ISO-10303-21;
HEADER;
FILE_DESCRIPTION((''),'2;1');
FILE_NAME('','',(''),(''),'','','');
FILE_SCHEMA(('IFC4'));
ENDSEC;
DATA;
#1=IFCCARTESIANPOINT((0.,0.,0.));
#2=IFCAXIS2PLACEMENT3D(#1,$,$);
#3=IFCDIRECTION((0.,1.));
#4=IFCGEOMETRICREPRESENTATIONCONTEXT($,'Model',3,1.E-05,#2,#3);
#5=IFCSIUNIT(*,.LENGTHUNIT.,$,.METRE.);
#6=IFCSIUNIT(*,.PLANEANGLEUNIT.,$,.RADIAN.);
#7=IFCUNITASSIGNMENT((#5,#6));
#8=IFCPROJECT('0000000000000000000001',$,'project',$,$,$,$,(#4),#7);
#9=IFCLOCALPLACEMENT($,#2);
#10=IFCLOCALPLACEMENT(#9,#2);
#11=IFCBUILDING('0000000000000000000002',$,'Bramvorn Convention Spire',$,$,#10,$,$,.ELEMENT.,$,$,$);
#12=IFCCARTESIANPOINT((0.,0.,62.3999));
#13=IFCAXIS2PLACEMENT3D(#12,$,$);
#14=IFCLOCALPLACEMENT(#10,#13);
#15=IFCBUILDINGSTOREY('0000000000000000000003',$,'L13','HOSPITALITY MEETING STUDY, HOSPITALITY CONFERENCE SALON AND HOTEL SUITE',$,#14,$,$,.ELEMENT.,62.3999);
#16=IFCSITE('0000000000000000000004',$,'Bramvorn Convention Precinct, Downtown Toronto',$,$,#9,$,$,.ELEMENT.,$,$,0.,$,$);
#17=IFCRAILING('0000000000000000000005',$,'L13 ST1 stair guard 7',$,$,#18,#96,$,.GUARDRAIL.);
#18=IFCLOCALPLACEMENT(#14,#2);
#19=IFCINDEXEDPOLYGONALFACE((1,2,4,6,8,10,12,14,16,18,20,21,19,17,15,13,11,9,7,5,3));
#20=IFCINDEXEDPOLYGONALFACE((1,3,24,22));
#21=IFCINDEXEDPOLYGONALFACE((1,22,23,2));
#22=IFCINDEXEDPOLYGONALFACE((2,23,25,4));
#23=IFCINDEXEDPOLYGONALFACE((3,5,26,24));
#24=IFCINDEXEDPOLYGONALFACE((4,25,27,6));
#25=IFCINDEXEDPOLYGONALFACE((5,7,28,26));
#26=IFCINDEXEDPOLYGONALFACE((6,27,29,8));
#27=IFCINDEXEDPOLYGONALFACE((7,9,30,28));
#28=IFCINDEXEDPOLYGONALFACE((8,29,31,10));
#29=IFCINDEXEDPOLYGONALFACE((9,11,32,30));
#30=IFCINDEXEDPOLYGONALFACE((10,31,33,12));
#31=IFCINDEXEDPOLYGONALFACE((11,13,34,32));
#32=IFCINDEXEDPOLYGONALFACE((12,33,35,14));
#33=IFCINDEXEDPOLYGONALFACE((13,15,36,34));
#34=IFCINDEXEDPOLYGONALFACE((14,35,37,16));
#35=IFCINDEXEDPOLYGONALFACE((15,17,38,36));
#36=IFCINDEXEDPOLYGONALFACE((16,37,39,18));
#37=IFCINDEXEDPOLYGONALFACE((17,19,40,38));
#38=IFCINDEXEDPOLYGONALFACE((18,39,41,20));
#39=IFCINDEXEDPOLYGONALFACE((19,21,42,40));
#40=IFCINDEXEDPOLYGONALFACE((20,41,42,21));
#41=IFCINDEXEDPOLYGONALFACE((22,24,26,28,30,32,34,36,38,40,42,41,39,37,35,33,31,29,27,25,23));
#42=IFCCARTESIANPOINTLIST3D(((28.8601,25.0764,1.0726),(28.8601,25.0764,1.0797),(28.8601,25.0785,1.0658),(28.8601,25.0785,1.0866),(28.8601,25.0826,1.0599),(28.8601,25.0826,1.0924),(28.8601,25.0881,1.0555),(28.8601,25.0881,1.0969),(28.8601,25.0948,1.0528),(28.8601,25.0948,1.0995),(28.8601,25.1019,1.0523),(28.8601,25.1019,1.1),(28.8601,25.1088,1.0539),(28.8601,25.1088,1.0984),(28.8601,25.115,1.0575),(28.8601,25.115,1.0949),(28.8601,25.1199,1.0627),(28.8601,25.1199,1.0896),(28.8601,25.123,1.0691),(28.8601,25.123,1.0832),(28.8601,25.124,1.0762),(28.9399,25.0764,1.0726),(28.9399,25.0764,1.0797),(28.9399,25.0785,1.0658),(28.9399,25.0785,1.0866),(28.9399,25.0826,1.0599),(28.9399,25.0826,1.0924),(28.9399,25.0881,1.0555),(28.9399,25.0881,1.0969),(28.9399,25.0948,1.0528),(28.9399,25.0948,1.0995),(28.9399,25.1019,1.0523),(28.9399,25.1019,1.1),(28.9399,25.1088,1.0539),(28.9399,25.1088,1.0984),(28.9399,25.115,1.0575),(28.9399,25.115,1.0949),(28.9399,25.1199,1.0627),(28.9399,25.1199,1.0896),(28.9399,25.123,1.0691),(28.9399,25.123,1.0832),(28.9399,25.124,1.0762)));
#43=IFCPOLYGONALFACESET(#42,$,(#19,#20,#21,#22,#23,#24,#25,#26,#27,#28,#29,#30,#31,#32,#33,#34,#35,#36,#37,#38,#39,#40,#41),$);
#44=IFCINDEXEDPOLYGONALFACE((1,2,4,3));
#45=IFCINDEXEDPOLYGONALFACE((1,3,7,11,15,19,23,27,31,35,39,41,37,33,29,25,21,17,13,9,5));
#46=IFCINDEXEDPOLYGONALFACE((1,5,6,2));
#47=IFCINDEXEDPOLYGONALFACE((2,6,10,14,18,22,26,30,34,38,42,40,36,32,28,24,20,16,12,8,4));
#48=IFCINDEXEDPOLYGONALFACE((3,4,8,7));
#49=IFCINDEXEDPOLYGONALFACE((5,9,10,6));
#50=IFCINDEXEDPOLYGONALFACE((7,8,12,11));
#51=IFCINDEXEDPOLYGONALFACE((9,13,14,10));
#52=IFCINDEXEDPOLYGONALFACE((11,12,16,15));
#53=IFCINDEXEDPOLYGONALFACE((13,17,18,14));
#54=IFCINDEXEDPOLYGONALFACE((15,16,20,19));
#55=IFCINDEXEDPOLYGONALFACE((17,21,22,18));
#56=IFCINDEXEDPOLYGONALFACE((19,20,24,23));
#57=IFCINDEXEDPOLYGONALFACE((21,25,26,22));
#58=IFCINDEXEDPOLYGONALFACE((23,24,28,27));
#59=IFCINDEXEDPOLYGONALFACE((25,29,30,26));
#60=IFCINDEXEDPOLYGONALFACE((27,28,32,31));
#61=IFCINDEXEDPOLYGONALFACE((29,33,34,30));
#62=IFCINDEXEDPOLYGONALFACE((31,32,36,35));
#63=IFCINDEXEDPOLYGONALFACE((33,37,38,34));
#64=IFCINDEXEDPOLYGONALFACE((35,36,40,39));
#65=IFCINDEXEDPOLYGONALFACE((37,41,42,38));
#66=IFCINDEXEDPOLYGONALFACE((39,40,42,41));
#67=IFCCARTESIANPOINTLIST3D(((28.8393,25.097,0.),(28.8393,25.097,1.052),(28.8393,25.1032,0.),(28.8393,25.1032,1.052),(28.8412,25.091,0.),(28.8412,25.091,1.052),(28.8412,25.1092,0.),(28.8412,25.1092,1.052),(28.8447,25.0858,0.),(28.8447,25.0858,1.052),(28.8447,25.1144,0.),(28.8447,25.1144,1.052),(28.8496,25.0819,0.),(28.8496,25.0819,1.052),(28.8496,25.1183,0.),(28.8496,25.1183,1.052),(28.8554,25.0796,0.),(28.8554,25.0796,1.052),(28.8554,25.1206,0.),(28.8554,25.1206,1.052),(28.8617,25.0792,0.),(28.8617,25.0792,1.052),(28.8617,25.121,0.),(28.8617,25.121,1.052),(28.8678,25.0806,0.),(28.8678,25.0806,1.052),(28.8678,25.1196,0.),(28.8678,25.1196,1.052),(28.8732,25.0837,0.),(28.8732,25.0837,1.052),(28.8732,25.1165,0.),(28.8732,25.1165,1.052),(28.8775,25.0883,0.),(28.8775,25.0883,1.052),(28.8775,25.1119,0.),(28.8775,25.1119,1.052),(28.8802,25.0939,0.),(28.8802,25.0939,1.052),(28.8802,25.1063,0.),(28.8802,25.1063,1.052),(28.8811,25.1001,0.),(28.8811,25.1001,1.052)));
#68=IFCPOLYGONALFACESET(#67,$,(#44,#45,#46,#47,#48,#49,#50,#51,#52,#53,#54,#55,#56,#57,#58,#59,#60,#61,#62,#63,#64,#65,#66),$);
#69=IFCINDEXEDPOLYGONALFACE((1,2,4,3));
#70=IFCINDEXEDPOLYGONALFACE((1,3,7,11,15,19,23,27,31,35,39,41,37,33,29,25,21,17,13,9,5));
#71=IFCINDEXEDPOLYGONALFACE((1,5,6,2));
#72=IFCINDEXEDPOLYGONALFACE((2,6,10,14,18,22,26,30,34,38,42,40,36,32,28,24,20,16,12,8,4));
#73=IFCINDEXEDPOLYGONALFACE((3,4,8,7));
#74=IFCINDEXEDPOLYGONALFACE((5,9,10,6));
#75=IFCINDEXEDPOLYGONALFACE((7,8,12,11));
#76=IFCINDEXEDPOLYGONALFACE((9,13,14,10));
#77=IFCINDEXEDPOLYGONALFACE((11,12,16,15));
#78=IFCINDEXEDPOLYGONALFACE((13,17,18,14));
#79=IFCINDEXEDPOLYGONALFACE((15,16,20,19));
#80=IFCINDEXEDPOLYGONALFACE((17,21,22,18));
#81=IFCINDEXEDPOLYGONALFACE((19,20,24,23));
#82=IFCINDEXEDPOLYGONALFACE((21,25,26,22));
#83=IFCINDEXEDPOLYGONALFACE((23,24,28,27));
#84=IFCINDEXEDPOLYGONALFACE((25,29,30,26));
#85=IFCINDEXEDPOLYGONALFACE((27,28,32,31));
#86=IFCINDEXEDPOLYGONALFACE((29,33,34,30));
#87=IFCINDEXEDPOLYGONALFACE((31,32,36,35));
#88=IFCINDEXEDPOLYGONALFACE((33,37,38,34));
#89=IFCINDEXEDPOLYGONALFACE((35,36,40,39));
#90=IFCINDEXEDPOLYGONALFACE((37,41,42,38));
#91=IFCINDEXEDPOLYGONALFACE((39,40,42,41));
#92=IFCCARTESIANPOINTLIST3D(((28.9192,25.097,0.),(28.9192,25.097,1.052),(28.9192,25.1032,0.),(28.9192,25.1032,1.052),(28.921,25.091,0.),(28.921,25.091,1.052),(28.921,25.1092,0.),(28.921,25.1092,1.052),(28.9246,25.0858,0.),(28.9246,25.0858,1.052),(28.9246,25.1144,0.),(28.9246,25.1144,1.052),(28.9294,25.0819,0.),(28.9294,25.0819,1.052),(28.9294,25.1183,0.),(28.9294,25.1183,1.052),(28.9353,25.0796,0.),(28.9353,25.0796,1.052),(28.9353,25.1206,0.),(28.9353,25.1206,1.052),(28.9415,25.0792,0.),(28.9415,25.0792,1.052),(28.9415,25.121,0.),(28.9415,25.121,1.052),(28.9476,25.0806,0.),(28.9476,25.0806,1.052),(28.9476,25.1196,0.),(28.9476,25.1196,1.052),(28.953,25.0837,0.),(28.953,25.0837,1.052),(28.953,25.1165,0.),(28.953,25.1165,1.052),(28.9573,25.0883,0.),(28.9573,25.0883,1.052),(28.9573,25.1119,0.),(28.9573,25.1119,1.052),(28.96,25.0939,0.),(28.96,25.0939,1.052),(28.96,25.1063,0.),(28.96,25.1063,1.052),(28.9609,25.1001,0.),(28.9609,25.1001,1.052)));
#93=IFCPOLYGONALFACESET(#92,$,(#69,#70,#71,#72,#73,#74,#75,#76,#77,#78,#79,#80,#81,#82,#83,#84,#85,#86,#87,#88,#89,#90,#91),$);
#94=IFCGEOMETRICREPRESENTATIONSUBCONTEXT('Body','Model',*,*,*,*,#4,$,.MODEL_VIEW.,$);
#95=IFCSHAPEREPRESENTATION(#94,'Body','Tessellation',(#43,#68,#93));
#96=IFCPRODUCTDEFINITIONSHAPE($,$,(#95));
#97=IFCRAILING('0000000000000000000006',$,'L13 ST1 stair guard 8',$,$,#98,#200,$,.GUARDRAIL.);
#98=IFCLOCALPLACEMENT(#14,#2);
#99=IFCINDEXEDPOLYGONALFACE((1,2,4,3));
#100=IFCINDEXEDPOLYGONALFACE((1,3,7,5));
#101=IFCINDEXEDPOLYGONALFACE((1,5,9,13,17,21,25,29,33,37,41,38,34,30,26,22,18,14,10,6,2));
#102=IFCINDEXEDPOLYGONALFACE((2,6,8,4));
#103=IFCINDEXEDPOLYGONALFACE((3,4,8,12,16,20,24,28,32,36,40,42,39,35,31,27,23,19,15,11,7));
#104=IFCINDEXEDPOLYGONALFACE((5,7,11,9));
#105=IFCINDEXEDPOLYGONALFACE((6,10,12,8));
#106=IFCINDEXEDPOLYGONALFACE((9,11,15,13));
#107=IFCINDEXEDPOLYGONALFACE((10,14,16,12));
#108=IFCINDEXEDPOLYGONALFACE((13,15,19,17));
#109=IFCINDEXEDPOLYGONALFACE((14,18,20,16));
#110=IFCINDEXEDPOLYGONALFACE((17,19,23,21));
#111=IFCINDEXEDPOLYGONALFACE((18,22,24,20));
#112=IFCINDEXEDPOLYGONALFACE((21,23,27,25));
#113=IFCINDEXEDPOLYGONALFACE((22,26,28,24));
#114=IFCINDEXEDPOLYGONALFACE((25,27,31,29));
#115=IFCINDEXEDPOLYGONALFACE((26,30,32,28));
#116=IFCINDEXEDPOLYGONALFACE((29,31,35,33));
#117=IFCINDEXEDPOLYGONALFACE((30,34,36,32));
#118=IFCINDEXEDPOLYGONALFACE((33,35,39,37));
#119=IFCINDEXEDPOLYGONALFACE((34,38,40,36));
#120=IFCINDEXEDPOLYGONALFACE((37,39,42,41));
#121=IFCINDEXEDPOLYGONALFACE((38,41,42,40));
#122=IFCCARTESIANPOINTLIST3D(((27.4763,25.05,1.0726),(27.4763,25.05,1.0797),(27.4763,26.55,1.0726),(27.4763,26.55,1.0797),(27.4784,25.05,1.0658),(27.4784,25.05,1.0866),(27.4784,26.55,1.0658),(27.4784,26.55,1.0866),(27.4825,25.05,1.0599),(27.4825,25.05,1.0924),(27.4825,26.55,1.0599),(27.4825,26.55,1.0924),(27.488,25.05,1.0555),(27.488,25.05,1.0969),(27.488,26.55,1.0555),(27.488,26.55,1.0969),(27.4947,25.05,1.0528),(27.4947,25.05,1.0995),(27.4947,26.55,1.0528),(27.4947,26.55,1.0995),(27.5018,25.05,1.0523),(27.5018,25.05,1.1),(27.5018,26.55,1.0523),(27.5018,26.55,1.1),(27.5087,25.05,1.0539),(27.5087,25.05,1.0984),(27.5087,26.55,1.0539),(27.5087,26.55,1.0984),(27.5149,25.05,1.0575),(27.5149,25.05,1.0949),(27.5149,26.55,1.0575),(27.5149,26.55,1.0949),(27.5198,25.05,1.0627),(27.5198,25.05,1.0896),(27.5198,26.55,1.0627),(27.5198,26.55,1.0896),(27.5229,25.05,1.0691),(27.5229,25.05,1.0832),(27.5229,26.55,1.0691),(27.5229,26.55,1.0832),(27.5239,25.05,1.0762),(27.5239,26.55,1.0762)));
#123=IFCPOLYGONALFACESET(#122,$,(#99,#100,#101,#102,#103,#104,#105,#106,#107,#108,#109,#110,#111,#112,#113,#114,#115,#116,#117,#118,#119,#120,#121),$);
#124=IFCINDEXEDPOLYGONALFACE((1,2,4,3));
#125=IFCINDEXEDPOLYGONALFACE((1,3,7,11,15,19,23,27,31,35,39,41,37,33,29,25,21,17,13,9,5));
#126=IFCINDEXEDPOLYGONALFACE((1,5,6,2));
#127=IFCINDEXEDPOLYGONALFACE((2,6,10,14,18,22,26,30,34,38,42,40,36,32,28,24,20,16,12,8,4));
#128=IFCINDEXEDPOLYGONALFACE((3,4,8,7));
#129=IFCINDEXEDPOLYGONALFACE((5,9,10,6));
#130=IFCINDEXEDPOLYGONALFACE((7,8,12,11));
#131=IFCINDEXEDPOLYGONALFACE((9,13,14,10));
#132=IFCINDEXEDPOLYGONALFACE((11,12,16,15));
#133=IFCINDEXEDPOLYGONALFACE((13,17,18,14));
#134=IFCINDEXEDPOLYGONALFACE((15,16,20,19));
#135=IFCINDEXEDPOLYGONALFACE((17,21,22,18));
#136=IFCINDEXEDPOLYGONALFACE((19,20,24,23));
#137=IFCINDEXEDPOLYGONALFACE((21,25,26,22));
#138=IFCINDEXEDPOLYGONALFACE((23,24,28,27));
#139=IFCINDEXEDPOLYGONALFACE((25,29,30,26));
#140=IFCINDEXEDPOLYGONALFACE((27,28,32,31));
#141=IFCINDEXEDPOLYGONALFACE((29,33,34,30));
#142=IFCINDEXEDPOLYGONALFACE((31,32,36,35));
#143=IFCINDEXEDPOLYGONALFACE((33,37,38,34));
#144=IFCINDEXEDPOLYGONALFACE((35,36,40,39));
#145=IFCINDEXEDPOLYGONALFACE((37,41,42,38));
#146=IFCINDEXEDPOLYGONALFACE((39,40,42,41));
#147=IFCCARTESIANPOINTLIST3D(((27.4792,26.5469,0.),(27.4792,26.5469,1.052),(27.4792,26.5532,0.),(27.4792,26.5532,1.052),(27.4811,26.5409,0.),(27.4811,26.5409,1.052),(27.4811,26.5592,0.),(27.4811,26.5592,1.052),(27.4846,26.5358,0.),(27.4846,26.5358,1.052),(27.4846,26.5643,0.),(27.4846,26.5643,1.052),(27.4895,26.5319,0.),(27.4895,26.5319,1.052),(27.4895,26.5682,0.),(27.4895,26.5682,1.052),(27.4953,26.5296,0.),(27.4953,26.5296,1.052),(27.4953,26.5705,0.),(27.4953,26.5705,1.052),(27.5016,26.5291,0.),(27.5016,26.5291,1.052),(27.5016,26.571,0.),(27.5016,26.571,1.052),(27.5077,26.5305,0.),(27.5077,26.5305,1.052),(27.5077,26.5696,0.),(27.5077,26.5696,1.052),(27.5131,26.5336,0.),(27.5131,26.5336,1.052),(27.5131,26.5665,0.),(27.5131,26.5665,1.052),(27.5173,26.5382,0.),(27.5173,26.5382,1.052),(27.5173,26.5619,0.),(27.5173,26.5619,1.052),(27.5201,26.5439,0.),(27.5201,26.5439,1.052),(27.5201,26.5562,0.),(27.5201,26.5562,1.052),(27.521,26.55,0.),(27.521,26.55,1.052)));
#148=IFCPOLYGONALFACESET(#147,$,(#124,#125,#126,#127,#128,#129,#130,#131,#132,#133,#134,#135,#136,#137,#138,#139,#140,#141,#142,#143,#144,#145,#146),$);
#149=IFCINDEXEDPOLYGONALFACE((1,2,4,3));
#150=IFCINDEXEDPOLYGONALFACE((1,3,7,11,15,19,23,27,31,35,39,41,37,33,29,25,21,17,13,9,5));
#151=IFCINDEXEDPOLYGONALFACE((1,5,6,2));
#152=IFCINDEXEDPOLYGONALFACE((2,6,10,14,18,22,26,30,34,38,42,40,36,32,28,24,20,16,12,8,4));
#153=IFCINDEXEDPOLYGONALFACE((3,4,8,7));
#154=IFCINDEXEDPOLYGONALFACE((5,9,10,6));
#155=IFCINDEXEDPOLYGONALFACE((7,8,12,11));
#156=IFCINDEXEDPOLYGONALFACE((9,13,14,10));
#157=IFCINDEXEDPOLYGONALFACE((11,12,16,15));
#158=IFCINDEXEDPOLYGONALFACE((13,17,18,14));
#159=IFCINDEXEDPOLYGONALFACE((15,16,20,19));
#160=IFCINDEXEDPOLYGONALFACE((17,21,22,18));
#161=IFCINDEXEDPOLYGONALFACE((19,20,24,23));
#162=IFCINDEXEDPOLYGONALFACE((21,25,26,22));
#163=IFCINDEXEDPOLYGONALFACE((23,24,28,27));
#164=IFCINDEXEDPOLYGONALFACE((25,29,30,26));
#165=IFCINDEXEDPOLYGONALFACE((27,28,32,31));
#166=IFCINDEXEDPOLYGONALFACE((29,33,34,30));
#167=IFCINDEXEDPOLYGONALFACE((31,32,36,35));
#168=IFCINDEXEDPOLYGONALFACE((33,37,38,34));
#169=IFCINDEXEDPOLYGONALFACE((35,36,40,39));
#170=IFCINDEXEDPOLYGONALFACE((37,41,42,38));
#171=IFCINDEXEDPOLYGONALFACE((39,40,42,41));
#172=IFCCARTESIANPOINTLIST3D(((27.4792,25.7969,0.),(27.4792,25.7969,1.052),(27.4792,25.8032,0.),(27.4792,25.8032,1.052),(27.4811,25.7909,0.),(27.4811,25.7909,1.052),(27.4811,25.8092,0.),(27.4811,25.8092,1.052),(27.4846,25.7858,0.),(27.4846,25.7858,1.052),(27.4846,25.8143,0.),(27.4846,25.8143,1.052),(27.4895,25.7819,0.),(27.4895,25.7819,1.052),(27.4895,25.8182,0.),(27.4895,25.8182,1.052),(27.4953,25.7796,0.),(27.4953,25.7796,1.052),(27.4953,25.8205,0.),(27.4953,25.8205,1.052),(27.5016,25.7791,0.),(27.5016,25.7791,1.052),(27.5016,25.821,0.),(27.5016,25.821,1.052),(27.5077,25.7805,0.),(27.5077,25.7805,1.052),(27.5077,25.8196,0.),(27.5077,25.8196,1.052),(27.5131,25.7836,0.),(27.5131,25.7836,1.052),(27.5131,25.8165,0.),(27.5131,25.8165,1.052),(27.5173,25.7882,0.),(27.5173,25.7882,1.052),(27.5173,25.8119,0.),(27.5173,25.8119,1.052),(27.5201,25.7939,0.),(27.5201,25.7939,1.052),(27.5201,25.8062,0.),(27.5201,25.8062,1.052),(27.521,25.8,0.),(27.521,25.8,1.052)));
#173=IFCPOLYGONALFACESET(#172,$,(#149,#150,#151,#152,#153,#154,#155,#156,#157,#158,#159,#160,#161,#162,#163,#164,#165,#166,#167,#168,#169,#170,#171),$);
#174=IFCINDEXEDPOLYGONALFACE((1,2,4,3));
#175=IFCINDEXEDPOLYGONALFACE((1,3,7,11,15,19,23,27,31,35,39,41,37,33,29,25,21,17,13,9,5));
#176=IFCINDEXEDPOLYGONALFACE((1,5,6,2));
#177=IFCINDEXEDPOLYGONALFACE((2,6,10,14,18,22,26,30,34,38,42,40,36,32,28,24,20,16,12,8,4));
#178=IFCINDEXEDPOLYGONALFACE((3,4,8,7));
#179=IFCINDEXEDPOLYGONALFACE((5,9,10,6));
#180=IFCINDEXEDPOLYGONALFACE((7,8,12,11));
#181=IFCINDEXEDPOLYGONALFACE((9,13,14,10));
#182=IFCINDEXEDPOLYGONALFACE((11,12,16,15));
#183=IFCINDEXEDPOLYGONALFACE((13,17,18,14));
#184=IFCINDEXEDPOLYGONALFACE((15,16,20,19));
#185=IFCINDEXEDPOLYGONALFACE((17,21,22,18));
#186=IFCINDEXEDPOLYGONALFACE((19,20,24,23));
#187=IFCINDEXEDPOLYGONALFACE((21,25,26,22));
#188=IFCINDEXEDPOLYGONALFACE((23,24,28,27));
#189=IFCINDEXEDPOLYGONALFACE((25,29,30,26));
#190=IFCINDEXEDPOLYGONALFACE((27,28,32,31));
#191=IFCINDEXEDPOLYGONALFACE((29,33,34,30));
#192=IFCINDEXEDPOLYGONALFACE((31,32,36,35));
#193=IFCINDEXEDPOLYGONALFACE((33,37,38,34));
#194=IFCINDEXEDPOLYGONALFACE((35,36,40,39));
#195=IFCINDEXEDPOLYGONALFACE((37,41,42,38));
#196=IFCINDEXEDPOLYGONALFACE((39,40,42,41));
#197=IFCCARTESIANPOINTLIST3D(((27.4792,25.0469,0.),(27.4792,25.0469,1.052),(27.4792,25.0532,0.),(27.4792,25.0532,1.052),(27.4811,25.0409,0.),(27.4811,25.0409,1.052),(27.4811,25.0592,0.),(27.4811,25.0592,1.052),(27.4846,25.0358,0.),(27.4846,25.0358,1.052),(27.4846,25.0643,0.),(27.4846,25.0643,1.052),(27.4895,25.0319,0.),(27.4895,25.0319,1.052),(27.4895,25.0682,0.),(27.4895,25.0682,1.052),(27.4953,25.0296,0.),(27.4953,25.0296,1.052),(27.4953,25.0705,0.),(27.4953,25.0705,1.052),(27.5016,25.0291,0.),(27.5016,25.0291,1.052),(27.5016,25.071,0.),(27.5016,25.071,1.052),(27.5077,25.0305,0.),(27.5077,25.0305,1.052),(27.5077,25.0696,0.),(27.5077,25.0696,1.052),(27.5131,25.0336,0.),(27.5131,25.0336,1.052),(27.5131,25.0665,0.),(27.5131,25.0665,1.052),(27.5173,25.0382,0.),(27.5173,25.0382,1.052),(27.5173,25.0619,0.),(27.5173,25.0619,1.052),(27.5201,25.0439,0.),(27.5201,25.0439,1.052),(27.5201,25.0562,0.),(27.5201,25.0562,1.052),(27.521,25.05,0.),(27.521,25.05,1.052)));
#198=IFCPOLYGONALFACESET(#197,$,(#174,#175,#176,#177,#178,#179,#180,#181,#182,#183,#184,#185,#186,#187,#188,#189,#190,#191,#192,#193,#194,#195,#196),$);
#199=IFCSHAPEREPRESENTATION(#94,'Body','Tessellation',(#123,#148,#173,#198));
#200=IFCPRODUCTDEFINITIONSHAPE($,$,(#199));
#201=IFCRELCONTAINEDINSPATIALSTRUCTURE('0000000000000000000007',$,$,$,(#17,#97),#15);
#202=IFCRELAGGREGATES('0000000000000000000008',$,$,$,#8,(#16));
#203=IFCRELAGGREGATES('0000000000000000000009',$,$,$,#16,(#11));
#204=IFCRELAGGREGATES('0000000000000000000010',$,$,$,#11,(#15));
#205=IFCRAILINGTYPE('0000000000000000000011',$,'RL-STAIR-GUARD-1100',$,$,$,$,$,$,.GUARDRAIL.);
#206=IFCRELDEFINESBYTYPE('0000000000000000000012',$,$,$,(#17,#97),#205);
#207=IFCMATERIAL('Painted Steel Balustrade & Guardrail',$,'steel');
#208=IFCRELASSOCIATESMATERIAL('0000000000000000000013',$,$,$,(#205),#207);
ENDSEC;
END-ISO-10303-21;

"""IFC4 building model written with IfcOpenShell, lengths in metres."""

from ifc_helpers import new_model, si_unit, direction, frame, origin, origin_2d, place, context, subcontext, project, spatial, circle, extrude, material, type_object, element, save


model = new_model("IFC4")

# Units and contexts
model_context = context("Model", 3, precision=1e-05, world=origin(), true_north=direction((0.0, 1.0)))
body_context = subcontext(model_context, "Body", "Model", "MODEL_VIEW")
ifc_project = project(units=[si_unit("LENGTHUNIT", "METRE"), si_unit("PLANEANGLEUNIT", "RADIAN")], contexts=[model_context])

# Site, building, storey
site_placement = place(None, origin())
site = spatial("IfcSite", under=ifc_project, at=site_placement, Name="Bramvorn Convention Precinct, Downtown Toronto", CompositionType="ELEMENT", RefElevation=0.0)
building_placement = place(site_placement, origin())
building = spatial("IfcBuilding", under=site, at=building_placement, Name="Bramvorn Convention Spire", CompositionType="ELEMENT")
storey_placement = place(building_placement, frame((0.0, 0.0, 62.3999)))
storey = spatial("IfcBuildingStorey", under=building, at=storey_placement, Name="L13", Description="HOSPITALITY MEETING STUDY, HOSPITALITY CONFERENCE SALON AND HOTEL SUITE", CompositionType="ELEMENT", Elevation=62.3999)

# Railings
ifc_material_1 = material(Name="Painted Steel Balustrade & Guardrail", Category="steel")
railing_type_1 = type_object("IfcRailingType", Name="RL-STAIR-GUARD-1100", PredefinedType="GUARDRAIL", material=ifc_material_1)
railing_1_placement = place(storey_placement, frame((28.8601, 25.1001, 0.0)))
element("IfcRailing", 1, at=railing_1_placement, inside=storey, type_object=railing_type_1, Name="L13 ST1 stair guard 7", PredefinedType="GUARDRAIL", context=body_context, shape_type="SweptSolid", body=[
    extrude(circle(Radius=0.0239, at=origin_2d()), frame((0.0, 0.0, 1.0762), z_axis=(1.0, 0.0, 0.0), x_axis=(0.0, 1.0, 0.0)), (0.0, 0.0, 1.0), 0.0798),
    extrude(circle(Radius=0.021, at=origin_2d()), origin(), (0.0, 0.0, 1.0), 1.052),
    extrude(circle(Radius=0.021, at=origin_2d()), frame((0.0798, 0.0, 0.0)), (0.0, 0.0, 1.0), 1.052),
])
for number, where, name in (
    (2, (27.5, 26.55, 0.0), "L13 ST1 stair guard 8"),
):
    element("IfcRailing", number, at=place(storey_placement, frame(where)), inside=storey, type_object=railing_type_1, Name=name, PredefinedType="GUARDRAIL", context=body_context, shape_type="SweptSolid", body=[
        extrude(circle(Radius=0.0239, at=origin_2d()), frame((0.0, 0.0, 1.0762), z_axis=(0.0, -1.0, 0.0), x_axis=(1.0, 0.0, 0.0)), (0.0, 0.0, 1.0), 1.5),
        extrude(circle(Radius=0.021, at=origin_2d()), origin(), (0.0, 0.0, 1.0), 1.052),
        extrude(circle(Radius=0.021, at=origin_2d()), frame((0.0, -0.75, 0.0)), (0.0, 0.0, 1.0), 1.052),
        extrude(circle(Radius=0.021, at=origin_2d()), frame((0.0, -1.5, 0.0)), (0.0, 0.0, 1.0), 1.052),
    ])

save(model, "model.ifc")
